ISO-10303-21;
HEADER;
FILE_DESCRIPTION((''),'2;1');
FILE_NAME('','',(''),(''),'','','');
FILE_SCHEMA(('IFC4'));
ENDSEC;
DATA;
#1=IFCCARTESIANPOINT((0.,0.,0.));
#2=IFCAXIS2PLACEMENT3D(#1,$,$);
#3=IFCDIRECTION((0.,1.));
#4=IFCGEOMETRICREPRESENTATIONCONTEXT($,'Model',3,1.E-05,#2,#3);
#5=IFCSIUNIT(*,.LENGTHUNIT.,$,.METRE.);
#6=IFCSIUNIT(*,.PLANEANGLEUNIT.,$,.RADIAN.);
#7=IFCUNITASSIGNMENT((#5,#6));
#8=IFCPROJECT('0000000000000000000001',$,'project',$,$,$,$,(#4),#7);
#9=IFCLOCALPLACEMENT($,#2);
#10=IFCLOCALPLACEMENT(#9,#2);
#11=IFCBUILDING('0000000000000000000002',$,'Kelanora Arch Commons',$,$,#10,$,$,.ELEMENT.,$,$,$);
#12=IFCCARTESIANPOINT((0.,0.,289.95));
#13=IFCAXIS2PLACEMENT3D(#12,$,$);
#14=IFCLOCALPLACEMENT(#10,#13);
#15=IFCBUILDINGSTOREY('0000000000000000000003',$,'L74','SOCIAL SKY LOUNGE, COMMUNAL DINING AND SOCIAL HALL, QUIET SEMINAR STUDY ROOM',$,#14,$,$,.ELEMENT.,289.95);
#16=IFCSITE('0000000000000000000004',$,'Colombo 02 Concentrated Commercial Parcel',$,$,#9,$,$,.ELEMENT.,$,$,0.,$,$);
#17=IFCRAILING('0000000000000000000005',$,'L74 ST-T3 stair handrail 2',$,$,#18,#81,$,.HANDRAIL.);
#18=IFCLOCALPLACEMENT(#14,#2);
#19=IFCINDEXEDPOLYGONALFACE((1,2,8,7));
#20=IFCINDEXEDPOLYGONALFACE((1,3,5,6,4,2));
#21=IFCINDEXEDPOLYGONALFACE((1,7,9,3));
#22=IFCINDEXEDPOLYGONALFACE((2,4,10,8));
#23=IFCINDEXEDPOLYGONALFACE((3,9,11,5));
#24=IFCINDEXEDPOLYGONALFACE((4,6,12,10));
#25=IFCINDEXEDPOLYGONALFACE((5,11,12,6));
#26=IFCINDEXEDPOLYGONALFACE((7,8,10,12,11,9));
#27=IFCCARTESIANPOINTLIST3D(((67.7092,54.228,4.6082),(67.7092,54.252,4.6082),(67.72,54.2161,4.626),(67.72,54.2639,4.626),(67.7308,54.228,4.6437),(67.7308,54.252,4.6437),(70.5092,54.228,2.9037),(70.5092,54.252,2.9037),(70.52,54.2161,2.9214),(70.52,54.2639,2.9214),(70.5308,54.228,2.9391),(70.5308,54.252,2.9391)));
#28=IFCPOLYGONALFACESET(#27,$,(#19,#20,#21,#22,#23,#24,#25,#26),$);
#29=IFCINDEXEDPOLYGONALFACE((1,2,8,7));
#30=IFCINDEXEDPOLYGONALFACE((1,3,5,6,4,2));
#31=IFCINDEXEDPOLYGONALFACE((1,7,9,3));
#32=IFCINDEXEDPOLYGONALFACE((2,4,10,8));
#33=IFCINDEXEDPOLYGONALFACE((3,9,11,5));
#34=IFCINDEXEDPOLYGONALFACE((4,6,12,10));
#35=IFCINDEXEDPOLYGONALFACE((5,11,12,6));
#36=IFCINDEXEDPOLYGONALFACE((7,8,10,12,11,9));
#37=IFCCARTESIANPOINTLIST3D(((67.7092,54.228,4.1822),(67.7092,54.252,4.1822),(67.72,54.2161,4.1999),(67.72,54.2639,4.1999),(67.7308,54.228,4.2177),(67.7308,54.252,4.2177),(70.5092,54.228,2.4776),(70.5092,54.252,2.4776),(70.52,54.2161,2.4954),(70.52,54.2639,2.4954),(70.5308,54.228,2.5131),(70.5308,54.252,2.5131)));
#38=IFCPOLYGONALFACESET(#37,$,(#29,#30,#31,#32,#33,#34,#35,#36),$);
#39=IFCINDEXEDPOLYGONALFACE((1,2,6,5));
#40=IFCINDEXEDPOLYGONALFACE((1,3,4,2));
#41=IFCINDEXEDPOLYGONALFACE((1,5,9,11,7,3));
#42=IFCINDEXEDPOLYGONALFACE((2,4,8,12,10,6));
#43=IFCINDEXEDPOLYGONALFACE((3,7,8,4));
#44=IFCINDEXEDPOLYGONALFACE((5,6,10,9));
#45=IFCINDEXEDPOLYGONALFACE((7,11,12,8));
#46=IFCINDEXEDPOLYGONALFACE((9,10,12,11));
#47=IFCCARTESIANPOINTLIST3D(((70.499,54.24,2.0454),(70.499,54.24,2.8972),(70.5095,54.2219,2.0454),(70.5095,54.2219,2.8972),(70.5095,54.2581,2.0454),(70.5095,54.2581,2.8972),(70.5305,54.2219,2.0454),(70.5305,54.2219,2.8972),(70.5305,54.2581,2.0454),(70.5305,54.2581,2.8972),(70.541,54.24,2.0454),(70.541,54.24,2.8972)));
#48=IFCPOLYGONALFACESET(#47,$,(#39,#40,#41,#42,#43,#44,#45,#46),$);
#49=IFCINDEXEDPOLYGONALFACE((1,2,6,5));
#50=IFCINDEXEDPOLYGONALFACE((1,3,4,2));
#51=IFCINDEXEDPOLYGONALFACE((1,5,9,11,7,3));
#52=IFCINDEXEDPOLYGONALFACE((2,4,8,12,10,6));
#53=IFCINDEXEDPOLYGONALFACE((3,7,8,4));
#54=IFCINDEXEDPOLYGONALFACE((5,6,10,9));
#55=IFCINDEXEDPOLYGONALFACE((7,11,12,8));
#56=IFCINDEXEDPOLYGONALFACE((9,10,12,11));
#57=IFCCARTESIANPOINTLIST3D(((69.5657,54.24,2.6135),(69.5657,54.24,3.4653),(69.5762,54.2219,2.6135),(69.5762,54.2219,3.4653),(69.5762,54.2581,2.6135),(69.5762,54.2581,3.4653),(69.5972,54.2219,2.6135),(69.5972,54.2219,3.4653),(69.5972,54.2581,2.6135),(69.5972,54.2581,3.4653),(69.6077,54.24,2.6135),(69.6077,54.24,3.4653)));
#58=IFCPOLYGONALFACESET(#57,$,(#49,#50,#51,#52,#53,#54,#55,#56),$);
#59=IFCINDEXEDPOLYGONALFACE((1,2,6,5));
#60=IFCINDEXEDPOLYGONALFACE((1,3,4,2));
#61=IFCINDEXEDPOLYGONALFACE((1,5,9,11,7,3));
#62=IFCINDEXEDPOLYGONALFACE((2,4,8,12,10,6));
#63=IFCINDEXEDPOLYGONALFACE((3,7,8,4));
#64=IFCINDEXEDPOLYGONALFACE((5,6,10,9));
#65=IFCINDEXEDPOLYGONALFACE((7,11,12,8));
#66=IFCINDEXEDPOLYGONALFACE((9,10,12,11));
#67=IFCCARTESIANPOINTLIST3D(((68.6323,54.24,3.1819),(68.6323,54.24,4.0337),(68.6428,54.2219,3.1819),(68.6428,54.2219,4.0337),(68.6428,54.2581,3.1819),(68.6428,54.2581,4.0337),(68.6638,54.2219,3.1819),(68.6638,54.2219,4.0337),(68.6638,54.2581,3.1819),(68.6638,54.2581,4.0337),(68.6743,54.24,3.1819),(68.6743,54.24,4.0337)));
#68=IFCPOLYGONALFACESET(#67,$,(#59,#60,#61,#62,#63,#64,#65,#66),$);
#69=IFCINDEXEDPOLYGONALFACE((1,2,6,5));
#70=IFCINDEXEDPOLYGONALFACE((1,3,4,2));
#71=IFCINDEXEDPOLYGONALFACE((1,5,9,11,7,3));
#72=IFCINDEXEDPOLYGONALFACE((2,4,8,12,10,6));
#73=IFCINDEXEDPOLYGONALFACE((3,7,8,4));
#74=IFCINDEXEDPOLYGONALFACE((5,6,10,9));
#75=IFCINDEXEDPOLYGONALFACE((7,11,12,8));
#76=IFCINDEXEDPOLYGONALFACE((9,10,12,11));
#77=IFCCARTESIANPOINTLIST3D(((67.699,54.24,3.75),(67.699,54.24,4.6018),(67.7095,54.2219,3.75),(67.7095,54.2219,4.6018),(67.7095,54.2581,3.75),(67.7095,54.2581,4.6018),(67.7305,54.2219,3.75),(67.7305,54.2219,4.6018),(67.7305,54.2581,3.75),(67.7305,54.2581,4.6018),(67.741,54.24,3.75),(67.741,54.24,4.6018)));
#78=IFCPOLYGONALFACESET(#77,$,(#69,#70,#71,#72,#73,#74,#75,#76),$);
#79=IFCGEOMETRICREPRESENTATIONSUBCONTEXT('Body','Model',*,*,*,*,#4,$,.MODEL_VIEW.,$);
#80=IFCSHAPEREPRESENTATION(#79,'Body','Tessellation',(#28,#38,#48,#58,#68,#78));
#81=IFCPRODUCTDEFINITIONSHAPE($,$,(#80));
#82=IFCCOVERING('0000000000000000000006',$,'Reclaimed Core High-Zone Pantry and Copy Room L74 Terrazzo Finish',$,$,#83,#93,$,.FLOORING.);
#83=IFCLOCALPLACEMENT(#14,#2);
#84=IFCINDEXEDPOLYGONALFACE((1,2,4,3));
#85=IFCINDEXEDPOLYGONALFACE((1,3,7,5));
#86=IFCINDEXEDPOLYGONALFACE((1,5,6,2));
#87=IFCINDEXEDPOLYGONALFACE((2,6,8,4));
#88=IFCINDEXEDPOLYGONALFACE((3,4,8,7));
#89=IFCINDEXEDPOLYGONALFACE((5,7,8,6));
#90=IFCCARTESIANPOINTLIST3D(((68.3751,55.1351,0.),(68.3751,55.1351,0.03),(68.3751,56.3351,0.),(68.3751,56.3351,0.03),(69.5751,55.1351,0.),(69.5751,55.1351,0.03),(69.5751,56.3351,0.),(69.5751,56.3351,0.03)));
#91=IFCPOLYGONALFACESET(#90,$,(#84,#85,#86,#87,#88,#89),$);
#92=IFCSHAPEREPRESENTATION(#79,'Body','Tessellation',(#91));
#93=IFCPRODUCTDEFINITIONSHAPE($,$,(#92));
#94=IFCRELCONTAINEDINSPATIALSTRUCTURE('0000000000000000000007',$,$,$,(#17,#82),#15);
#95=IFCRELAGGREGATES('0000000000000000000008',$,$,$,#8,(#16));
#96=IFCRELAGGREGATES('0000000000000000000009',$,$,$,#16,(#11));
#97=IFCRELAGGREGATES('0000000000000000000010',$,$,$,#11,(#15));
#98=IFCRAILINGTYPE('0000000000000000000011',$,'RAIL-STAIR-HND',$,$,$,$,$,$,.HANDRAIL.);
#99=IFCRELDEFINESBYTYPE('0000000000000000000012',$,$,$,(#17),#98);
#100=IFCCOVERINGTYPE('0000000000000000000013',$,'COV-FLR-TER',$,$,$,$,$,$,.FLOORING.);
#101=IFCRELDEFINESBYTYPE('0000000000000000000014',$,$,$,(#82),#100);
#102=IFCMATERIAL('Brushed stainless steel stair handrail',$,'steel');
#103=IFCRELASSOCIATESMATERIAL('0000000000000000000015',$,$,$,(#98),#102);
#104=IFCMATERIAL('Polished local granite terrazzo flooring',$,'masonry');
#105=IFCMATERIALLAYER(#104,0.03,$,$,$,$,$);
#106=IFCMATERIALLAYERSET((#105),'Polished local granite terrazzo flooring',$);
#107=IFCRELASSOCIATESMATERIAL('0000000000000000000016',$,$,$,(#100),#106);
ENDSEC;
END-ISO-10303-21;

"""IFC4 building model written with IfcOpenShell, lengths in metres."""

from ifc_helpers import new_model, si_unit, direction, frame, origin, origin_2d, place, context, subcontext, project, spatial, polyline, rectangle, outline, extrude, source, transform, mapped, material, layer, layer_set, type_object, element, save


model = new_model("IFC4")

# Units and contexts
model_context = context("Model", 3, precision=1e-05, world=origin(), true_north=direction((0.0, 1.0)))
body_context = subcontext(model_context, "Body", "Model", "MODEL_VIEW")
ifc_project = project(units=[si_unit("LENGTHUNIT", "METRE"), si_unit("PLANEANGLEUNIT", "RADIAN")], contexts=[model_context])

# Site, building, storey
site_placement = place(None, origin())
site = spatial("IfcSite", under=ifc_project, at=site_placement, Name="Colombo 02 Concentrated Commercial Parcel", CompositionType="ELEMENT", RefElevation=0.0)
building_placement = place(site_placement, origin())
building = spatial("IfcBuilding", under=site, at=building_placement, Name="Kelanora Arch Commons", CompositionType="ELEMENT")
storey_placement = place(building_placement, frame((0.0, 0.0, 289.95)))
storey = spatial("IfcBuildingStorey", under=building, at=storey_placement, Name="L74", Description="SOCIAL SKY LOUNGE, COMMUNAL DINING AND SOCIAL HALL, QUIET SEMINAR STUDY ROOM", CompositionType="ELEMENT", Elevation=289.95)

# Railing
ifc_material_1 = material(Name="Brushed stainless steel stair handrail", Category="steel")
railing_type_1 = type_object("IfcRailingType", Name="RAIL-STAIR-HND", PredefinedType="HANDRAIL", material=ifc_material_1)
railing_1_placement = place(storey_placement, frame((70.52, 54.24, 2.0454)))
element("IfcRailing", 1, at=railing_1_placement, inside=storey, type_object=railing_type_1, Name="L74 ST-T3 stair handrail 2", PredefinedType="HANDRAIL", context=body_context, shape_type="SweptSolid", body=[
    extrude(outline(polyline([(0.0239, 0.0), (0.012, 0.0208), (-0.012, 0.0208), (-0.0239, 0.0), (-0.012, -0.0208), (0.012, -0.0208), (0.0239, 0.0)])), frame((0.0, 0.0, 0.876), z_axis=(-0.85417, 0.0, 0.519994), x_axis=(0.0, -1.0, 0.0)), (0.0, 0.0, 1.0), 3.2781),
    extrude(outline(polyline([(0.0239, 0.0), (0.012, 0.0208), (-0.012, 0.0208), (-0.0239, 0.0), (-0.012, -0.0208), (0.012, -0.0208), (0.0239, 0.0)])), frame((0.0, 0.0, 0.45), z_axis=(-0.85417, 0.0, 0.519994), x_axis=(0.0, -1.0, 0.0)), (0.0, 0.0, 1.0), 3.2781),
    extrude(outline(polyline([(0.021, 0.0), (0.0105, 0.0181), (-0.0105, 0.0181), (-0.021, 0.0), (-0.0105, -0.0181), (0.0105, -0.0181), (0.021, 0.0)])), origin(), (0.0, 0.0, 1.0), 0.8518),
    extrude(outline(polyline([(0.021, 0.0), (0.0105, 0.0181), (-0.0105, 0.0181), (-0.021, 0.0), (-0.0105, -0.0181), (0.0105, -0.0181), (0.021, 0.0)])), frame((-0.9333, 0.0, 0.5681)), (0.0, 0.0, 1.0), 0.8518),
    extrude(outline(polyline([(0.021, 0.0), (0.0105, 0.0181), (-0.0105, 0.0181), (-0.021, 0.0), (-0.0105, -0.0181), (0.0105, -0.0181), (0.021, 0.0)])), frame((-1.8667, 0.0, 1.1365)), (0.0, 0.0, 1.0), 0.8518),
    extrude(outline(polyline([(0.021, 0.0), (0.0105, 0.0181), (-0.0105, 0.0181), (-0.021, 0.0), (-0.0105, -0.0181), (0.0105, -0.0181), (0.021, 0.0)])), frame((-2.8, 0.0, 1.7046)), (0.0, 0.0, 1.0), 0.8518),
])

# Covering
ifc_material_2 = material(Name="Polished local granite terrazzo flooring", Category="masonry")
ifc_layer_1 = layer(ifc_material_2, 0.03)
ifc_layer_set_1 = layer_set([ifc_layer_1], Name="Polished local granite terrazzo flooring")
covering_type = type_object("IfcCoveringType", Name="COV-FLR-TER", PredefinedType="FLOORING", material=ifc_layer_set_1)
shared_shape = source(origin(), body_context, "Body", "SweptSolid", [
    extrude(rectangle(XDim=1.2, YDim=1.2, at=origin_2d()), origin(), (0.0, 0.0, 1.0), 0.03),
])
covering_placement = place(storey_placement, frame((68.9751, 55.7351, 0.0), z_axis=(0.0, 0.0, 1.0), x_axis=(1.0, 0.0, 0.0)))
element("IfcCovering", 2, at=covering_placement, inside=storey, type_object=covering_type, Name="Reclaimed Core High-Zone Pantry and Copy Room L74 Terrazzo Finish", PredefinedType="FLOORING", context=body_context, shape_type="MappedRepresentation", body=[
    mapped(shared_shape, transform((0.0, 0.0, 0.0), scale=1.0)),
])

save(model, "model.ifc")
